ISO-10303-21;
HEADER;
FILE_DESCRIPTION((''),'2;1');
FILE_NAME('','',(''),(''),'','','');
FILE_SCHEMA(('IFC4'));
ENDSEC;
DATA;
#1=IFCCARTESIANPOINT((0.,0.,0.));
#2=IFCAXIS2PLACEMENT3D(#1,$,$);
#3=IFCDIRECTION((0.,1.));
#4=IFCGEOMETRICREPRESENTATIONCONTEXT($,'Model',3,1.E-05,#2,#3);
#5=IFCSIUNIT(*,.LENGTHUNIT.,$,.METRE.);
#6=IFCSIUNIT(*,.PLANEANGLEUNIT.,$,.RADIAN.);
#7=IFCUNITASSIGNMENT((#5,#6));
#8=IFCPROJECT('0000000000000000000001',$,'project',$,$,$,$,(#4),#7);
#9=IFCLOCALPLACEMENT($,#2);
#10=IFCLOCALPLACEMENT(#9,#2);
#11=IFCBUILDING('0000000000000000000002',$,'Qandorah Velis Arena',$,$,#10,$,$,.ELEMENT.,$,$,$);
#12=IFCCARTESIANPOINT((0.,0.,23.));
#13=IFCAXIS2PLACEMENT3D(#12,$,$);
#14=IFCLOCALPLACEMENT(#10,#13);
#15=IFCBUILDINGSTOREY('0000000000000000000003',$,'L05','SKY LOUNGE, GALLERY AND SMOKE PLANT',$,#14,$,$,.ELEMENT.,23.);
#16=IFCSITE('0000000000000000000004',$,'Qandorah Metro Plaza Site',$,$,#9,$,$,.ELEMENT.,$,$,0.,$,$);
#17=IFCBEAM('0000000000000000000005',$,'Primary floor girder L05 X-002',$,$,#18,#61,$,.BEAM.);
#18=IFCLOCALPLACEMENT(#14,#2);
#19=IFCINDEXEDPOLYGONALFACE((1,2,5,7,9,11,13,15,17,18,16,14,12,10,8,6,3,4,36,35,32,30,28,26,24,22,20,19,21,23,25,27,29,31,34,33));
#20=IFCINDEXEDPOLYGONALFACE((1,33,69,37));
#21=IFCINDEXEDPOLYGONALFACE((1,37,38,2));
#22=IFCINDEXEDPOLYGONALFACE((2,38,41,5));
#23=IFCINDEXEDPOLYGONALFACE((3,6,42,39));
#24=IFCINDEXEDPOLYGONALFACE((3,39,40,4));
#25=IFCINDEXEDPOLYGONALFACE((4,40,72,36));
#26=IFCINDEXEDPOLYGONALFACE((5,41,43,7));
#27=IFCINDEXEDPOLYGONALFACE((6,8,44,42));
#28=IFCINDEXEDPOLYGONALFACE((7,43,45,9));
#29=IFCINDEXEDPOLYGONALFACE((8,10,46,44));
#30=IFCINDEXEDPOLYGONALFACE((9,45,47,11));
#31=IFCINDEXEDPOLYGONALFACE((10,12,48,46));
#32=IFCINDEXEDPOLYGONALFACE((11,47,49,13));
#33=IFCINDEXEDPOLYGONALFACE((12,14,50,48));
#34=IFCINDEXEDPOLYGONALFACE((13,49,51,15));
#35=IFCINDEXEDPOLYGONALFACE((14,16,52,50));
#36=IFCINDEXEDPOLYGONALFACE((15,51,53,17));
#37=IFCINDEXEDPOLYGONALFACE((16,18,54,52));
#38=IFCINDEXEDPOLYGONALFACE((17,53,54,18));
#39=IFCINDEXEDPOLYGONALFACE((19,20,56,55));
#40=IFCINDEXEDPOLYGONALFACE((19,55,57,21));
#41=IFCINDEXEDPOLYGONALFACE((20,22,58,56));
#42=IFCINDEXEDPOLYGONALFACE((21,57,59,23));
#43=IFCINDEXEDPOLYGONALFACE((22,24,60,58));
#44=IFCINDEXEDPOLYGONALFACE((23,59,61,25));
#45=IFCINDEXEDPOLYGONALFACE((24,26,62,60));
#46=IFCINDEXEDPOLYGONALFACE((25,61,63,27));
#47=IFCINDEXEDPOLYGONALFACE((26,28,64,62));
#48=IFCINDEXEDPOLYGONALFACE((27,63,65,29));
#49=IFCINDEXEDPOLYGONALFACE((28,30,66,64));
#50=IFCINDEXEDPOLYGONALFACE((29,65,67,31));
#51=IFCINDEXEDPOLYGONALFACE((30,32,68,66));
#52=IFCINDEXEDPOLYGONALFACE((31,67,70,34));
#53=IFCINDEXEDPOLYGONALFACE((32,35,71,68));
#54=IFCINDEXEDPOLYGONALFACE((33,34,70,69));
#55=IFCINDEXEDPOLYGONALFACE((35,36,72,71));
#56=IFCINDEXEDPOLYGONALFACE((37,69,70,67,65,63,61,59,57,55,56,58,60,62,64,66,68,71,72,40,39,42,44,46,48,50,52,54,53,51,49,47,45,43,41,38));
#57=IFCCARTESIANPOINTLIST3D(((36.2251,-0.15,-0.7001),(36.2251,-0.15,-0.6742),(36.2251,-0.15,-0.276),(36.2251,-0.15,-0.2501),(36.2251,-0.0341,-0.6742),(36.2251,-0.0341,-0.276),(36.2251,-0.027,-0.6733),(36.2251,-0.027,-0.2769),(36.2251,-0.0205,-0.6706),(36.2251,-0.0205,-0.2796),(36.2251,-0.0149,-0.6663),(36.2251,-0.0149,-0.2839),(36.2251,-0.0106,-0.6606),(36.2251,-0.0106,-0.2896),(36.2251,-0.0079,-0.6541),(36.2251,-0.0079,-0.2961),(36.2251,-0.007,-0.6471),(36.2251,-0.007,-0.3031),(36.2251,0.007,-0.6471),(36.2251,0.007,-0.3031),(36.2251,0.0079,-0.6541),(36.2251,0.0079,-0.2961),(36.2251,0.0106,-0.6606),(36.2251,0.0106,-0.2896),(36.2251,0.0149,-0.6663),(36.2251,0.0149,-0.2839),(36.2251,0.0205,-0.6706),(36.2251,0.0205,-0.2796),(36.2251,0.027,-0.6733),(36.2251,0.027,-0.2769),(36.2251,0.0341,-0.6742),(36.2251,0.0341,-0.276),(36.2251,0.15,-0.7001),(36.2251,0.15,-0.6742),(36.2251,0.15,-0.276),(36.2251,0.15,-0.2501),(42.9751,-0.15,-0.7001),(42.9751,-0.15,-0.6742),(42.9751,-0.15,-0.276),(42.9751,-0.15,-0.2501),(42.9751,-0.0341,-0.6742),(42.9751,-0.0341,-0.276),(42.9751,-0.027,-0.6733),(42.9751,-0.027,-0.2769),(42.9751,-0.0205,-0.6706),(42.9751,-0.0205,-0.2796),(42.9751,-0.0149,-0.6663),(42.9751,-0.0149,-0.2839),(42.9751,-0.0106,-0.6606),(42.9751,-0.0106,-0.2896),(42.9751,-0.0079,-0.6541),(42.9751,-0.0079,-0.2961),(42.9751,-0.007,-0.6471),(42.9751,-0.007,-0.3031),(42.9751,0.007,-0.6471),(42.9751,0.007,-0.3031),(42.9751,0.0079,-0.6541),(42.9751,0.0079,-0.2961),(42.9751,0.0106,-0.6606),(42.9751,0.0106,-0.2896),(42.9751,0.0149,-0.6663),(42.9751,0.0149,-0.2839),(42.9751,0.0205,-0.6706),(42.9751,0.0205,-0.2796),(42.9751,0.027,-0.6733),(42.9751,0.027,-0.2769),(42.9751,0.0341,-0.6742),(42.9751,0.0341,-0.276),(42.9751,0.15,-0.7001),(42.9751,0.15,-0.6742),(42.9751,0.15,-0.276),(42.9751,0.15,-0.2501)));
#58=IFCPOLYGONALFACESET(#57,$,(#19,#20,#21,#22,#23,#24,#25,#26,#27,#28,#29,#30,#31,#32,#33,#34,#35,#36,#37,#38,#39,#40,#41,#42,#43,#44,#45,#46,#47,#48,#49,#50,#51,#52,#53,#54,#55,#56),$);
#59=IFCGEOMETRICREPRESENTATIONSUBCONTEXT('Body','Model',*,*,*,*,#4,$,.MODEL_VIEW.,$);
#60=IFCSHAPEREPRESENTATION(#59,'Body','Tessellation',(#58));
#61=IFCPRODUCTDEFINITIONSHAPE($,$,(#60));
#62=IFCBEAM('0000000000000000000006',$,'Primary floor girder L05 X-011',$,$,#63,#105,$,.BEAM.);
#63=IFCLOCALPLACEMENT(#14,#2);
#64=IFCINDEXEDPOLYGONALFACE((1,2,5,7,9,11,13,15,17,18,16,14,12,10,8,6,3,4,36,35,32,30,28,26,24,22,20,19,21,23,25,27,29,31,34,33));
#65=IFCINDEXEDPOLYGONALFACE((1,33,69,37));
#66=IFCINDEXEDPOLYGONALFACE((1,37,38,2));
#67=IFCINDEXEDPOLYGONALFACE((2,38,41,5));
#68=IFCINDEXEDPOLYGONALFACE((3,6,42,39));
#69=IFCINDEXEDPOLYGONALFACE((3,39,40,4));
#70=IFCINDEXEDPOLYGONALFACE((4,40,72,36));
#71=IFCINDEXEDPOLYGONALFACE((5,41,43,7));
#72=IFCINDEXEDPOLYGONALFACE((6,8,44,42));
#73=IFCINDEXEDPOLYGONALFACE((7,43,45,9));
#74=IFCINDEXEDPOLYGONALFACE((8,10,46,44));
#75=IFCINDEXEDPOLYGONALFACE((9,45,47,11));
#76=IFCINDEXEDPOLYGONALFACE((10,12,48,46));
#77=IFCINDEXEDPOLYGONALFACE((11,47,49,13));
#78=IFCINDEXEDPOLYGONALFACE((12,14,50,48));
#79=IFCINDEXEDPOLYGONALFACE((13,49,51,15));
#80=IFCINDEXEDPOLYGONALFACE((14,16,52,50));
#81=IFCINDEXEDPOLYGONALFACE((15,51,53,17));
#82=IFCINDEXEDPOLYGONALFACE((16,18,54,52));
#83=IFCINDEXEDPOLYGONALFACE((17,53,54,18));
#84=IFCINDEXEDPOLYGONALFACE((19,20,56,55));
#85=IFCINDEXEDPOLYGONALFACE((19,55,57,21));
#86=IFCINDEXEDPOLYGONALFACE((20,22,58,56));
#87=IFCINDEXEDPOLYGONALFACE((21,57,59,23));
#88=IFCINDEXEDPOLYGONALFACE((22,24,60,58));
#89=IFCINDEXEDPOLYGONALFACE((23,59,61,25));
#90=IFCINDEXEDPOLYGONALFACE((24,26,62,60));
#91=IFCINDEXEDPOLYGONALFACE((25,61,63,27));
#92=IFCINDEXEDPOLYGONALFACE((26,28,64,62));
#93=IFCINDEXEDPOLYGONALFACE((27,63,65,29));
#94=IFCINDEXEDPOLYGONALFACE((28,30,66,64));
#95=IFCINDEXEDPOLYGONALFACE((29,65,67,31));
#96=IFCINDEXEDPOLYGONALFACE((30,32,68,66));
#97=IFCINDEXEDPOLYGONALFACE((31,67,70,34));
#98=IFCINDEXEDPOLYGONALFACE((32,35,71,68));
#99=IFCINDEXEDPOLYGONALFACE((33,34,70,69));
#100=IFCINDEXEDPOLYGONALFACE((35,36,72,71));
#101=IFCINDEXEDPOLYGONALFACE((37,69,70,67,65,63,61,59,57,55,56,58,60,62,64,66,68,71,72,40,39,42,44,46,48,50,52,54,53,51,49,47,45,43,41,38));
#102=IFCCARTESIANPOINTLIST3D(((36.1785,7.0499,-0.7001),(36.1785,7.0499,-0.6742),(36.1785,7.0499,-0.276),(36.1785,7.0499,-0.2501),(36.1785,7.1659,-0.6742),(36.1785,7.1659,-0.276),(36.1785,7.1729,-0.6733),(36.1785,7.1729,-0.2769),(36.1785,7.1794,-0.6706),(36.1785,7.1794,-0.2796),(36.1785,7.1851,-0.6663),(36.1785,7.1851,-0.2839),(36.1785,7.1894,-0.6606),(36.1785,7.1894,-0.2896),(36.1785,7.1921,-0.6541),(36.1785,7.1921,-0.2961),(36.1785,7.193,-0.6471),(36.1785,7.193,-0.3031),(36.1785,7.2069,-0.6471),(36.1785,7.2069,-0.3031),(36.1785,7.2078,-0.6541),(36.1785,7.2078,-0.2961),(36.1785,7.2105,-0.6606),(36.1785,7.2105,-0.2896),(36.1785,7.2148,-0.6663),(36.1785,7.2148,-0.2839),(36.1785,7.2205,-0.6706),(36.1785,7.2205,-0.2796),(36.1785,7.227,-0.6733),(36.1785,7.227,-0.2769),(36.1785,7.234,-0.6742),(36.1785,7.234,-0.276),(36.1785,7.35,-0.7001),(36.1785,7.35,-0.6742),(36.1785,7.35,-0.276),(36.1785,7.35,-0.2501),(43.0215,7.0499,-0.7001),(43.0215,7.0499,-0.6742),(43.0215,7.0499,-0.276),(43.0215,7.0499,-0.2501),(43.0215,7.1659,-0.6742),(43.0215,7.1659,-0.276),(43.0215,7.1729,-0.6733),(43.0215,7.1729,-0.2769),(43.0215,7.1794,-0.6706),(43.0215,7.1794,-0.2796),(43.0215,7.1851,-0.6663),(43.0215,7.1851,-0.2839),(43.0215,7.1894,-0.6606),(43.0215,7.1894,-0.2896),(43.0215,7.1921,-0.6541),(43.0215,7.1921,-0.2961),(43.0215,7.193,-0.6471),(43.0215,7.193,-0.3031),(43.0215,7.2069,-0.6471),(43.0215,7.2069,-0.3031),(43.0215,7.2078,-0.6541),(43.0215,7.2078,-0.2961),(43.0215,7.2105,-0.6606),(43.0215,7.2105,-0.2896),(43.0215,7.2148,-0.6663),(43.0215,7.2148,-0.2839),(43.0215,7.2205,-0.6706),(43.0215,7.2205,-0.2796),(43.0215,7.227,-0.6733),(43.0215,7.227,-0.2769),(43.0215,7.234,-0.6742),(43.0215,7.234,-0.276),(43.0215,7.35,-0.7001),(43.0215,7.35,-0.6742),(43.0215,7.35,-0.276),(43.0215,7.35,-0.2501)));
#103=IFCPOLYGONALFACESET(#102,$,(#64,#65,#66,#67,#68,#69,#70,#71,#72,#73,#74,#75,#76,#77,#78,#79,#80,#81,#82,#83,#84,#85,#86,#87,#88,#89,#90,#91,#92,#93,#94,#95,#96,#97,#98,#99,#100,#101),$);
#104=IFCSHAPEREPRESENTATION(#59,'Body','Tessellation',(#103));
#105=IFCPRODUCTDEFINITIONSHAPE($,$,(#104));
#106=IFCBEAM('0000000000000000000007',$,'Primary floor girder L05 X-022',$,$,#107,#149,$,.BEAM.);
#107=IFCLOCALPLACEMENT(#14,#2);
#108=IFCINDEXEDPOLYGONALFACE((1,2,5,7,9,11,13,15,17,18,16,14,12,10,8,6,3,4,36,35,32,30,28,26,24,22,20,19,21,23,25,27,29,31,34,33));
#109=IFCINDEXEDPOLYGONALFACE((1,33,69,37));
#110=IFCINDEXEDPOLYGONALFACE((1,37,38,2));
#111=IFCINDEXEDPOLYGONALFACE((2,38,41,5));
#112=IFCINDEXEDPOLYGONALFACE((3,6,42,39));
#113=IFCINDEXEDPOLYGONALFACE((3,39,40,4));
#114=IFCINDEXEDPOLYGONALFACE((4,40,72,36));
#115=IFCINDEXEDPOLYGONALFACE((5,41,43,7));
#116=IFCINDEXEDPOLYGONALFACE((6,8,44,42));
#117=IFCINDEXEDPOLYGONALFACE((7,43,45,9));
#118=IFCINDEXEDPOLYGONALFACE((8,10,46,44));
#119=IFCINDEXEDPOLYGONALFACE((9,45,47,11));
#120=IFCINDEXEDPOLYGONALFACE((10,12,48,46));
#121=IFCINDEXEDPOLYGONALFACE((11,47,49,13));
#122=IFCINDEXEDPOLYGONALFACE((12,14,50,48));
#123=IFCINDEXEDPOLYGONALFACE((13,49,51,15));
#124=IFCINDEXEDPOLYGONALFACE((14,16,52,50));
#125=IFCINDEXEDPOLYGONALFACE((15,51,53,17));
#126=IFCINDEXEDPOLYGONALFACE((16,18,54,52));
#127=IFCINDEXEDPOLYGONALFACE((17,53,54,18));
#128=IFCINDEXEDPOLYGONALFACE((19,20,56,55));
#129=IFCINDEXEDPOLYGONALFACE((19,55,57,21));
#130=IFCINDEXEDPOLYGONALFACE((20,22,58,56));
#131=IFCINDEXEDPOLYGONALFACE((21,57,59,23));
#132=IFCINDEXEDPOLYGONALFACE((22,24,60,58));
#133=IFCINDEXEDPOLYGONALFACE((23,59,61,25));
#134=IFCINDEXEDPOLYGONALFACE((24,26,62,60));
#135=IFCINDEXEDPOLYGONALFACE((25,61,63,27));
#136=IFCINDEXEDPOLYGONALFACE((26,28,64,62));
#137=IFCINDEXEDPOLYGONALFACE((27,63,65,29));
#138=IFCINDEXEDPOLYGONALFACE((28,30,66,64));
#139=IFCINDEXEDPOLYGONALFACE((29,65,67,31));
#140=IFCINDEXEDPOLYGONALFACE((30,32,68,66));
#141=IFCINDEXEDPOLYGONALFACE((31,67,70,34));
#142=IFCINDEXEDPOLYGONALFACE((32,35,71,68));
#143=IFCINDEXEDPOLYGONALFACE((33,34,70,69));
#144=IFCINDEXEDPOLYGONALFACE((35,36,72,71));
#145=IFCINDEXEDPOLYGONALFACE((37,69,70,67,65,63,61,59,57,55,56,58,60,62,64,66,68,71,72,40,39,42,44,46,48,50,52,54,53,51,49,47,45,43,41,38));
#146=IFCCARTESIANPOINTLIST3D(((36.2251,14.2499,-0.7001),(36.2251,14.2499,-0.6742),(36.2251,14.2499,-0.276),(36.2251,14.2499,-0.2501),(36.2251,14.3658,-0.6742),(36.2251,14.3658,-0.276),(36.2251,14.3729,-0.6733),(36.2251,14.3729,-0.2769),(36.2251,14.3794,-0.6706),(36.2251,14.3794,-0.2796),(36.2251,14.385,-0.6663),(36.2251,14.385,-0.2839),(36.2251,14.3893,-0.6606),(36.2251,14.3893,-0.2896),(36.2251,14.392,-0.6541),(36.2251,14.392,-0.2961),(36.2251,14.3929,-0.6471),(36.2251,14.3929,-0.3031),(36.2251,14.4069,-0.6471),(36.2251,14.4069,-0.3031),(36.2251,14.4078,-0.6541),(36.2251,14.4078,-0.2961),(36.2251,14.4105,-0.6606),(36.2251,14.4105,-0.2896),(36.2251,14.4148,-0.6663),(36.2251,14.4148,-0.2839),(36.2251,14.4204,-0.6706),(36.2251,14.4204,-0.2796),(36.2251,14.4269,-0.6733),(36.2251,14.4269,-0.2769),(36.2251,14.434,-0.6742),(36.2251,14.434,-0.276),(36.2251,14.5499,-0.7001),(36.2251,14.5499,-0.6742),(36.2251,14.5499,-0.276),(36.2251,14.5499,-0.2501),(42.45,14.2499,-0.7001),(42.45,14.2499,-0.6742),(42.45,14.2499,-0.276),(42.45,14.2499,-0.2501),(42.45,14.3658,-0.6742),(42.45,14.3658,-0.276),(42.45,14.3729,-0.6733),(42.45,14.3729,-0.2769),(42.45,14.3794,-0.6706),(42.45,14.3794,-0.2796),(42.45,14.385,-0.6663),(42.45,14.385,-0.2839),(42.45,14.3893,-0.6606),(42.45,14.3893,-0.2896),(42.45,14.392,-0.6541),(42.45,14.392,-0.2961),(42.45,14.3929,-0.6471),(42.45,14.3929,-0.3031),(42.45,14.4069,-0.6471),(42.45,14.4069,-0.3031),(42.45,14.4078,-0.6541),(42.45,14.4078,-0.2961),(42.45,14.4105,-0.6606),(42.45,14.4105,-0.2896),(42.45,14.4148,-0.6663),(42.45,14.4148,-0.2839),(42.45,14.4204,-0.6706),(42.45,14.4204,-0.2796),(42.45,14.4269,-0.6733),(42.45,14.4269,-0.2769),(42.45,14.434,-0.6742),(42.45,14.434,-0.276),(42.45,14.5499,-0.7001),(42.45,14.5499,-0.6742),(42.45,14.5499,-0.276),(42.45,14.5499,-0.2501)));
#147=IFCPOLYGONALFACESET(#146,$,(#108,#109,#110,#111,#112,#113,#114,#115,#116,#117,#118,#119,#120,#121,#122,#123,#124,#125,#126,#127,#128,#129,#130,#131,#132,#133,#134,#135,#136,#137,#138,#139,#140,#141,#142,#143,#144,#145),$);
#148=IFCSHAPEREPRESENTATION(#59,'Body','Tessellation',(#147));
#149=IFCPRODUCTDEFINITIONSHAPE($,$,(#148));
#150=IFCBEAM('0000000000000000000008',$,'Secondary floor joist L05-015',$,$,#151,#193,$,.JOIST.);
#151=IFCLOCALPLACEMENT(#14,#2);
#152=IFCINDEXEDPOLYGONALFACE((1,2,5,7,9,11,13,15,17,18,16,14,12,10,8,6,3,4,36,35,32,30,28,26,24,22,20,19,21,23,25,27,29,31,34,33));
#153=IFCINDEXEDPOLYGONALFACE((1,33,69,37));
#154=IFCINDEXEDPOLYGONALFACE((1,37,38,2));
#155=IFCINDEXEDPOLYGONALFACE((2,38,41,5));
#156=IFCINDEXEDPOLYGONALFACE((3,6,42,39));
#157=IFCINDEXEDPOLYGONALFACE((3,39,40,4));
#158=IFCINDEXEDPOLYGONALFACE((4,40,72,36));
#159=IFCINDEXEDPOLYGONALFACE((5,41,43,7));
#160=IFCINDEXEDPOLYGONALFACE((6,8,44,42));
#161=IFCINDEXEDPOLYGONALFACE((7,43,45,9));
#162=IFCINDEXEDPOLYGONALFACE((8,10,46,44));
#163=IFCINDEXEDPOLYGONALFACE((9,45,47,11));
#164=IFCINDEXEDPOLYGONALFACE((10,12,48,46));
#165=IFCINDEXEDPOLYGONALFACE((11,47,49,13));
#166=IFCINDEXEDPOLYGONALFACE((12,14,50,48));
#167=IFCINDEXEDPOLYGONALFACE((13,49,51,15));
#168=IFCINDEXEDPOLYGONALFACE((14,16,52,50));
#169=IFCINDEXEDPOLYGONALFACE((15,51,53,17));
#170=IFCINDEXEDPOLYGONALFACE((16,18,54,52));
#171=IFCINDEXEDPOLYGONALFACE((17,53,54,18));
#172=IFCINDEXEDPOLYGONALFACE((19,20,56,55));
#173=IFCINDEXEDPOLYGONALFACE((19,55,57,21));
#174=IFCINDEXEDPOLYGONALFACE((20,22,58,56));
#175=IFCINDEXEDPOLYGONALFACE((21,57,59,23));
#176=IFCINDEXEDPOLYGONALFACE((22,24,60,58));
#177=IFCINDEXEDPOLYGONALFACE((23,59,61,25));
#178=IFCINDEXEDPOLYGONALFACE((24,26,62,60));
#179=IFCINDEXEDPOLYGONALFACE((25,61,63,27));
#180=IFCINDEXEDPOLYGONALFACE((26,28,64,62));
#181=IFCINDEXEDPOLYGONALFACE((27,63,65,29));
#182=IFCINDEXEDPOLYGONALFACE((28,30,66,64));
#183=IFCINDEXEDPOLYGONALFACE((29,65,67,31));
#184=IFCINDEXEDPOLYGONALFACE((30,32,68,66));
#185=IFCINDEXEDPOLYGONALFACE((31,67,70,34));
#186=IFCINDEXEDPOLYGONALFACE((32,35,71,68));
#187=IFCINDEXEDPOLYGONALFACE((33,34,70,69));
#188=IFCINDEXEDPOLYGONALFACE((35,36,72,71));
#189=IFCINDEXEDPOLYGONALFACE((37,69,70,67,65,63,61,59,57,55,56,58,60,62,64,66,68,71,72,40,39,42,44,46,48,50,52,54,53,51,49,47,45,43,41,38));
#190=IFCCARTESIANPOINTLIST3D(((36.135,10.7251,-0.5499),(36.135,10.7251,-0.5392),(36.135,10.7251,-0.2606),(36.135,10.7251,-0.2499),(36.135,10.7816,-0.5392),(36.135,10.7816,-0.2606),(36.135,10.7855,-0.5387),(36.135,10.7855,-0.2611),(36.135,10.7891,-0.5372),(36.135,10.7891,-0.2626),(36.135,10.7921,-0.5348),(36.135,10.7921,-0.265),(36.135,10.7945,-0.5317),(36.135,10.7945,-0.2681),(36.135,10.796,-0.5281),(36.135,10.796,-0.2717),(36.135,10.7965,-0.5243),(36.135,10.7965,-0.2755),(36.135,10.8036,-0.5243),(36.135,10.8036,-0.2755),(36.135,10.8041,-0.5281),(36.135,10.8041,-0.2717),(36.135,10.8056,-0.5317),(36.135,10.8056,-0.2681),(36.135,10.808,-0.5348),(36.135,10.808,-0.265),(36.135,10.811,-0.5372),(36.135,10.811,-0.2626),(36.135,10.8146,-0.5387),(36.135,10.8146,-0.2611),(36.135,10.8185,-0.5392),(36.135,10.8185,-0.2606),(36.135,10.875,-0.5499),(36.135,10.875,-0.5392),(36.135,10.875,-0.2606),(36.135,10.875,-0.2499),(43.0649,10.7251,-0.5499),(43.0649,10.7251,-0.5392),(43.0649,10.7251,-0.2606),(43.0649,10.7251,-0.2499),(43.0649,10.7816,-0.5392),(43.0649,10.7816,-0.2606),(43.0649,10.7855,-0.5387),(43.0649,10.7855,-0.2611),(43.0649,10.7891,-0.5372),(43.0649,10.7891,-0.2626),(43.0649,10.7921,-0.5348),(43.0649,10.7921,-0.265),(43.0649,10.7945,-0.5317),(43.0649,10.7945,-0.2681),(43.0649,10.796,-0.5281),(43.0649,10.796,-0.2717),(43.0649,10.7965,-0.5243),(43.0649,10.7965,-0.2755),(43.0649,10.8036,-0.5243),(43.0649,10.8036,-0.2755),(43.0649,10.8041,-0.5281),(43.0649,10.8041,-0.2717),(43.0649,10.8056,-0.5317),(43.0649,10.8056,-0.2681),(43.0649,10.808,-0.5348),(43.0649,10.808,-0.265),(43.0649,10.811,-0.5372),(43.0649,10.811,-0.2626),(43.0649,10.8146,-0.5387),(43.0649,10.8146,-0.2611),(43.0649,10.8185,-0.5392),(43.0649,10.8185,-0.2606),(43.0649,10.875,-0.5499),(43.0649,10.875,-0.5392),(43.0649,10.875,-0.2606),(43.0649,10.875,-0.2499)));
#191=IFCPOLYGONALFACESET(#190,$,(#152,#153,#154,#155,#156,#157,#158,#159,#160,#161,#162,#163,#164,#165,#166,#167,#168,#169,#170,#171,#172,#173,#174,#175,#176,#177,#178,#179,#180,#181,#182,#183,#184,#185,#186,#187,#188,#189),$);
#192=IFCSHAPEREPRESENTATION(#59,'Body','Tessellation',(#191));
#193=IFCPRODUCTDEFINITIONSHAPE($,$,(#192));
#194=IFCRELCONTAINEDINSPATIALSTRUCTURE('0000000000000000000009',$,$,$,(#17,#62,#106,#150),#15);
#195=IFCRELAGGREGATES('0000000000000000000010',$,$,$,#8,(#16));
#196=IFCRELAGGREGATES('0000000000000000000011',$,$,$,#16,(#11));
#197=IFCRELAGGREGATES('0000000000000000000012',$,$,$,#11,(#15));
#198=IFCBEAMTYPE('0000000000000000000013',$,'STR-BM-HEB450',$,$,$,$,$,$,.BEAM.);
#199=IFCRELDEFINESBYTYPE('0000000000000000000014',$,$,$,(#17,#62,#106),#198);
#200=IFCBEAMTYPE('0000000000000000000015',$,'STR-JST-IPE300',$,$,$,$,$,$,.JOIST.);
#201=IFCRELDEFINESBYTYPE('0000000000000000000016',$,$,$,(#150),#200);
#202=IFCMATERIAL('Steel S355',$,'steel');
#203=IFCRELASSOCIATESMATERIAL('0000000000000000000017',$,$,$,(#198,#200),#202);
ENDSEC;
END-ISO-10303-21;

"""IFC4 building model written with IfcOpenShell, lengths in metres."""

from ifc_helpers import new_model, si_unit, direction, frame, origin, origin_2d, place, context, subcontext, project, spatial, i_section, extrude, material, material_profile, profile_set, type_object, element, save


model = new_model("IFC4")

# Units and contexts
model_context = context("Model", 3, precision=1e-05, world=origin(), true_north=direction((0.0, 1.0)))
body_context = subcontext(model_context, "Body", "Model", "MODEL_VIEW")
ifc_project = project(units=[si_unit("LENGTHUNIT", "METRE"), si_unit("PLANEANGLEUNIT", "RADIAN")], contexts=[model_context])

# Site, building, storey
site_placement = place(None, origin())
site = spatial("IfcSite", under=ifc_project, at=site_placement, Name="Qandorah Metro Plaza Site", CompositionType="ELEMENT", RefElevation=0.0)
building_placement = place(site_placement, origin())
building = spatial("IfcBuilding", under=site, at=building_placement, Name="Qandorah Velis Arena", CompositionType="ELEMENT")
storey_placement = place(building_placement, frame((0.0, 0.0, 23.0)))
storey = spatial("IfcBuildingStorey", under=building, at=storey_placement, Name="L05", Description="SKY LOUNGE, GALLERY AND SMOKE PLANT", CompositionType="ELEMENT", Elevation=23.0)

# Beams
ifc_material_1 = material(Name="Steel S355", Category="steel")
ifc_material_profile_1 = material_profile(ifc_material_1, i_section(OverallWidth=0.3, OverallDepth=0.45, WebThickness=0.0139, FlangeThickness=0.0259, FilletRadius=0.0271, at=origin_2d()), Name="HEB 450")
ifc_profile_set_1 = profile_set([ifc_material_profile_1], Name="Steel S355")
beam_type_1 = type_object("IfcBeamType", Name="STR-BM-HEB450", PredefinedType="BEAM", material=ifc_profile_set_1)
beam_1_placement = place(storey_placement, frame((36.2251, 0.0, -0.4751), z_axis=(1.0, 0.0, 0.0), x_axis=(0.0, 1.0, 0.0)))
element("IfcBeam", 1, at=beam_1_placement, inside=storey, type_object=beam_type_1, Name="Primary floor girder L05 X-002", PredefinedType="BEAM", context=body_context, shape_type="SweptSolid", body=[
    extrude(i_section(OverallWidth=0.3, OverallDepth=0.45, WebThickness=0.0139, FlangeThickness=0.0259, FilletRadius=0.0271, at=origin_2d()), origin(), (0.0, 0.0, 1.0), 6.75),
])
beam_2_placement = place(storey_placement, frame((36.1785, 7.2, -0.4751), z_axis=(1.0, 0.0, 0.0), x_axis=(0.0, 1.0, 0.0)))
element("IfcBeam", 2, at=beam_2_placement, inside=storey, type_object=beam_type_1, Name="Primary floor girder L05 X-011", PredefinedType="BEAM", context=body_context, shape_type="SweptSolid", body=[
    extrude(i_section(OverallWidth=0.3, OverallDepth=0.45, WebThickness=0.0139, FlangeThickness=0.0259, FilletRadius=0.0271, at=origin_2d()), origin(), (0.0, 0.0, 1.0), 6.843),
])
beam_3_placement = place(storey_placement, frame((36.2251, 14.3999, -0.4751), z_axis=(1.0, 0.0, 0.0), x_axis=(0.0, 1.0, 0.0)))
element("IfcBeam", 3, at=beam_3_placement, inside=storey, type_object=beam_type_1, Name="Primary floor girder L05 X-022", PredefinedType="BEAM", context=body_context, shape_type="SweptSolid", body=[
    extrude(i_section(OverallWidth=0.3, OverallDepth=0.45, WebThickness=0.0139, FlangeThickness=0.0259, FilletRadius=0.0271, at=origin_2d()), origin(), (0.0, 0.0, 1.0), 6.2249),
])
ifc_material_profile_2 = material_profile(ifc_material_1, i_section(OverallWidth=0.1499, OverallDepth=0.3, WebThickness=0.0071, FlangeThickness=0.0107, FilletRadius=0.0149, at=origin_2d()), Name="IPE 300")
ifc_profile_set_2 = profile_set([ifc_material_profile_2], Name="Steel S355")
beam_type_2 = type_object("IfcBeamType", Name="STR-JST-IPE300", PredefinedType="JOIST", material=ifc_profile_set_2)
for number, where, z_axis, x_axis, name in (
    (4, (36.135, 10.8, -0.3999), (1.0, 0.0, 0.0), (0.0, 1.0, 0.0), "Secondary floor joist L05-015"),
):
    element("IfcBeam", number, at=place(storey_placement, frame(where, z_axis=z_axis, x_axis=x_axis)), inside=storey, type_object=beam_type_2, Name=name, PredefinedType="JOIST", context=body_context, shape_type="SweptSolid", body=[
        extrude(i_section(OverallWidth=0.1499, OverallDepth=0.3, WebThickness=0.0071, FlangeThickness=0.0107, FilletRadius=0.0149, at=origin_2d()), origin(), (0.0, 0.0, 1.0), 6.9299),
    ])

save(model, "model.ifc")
